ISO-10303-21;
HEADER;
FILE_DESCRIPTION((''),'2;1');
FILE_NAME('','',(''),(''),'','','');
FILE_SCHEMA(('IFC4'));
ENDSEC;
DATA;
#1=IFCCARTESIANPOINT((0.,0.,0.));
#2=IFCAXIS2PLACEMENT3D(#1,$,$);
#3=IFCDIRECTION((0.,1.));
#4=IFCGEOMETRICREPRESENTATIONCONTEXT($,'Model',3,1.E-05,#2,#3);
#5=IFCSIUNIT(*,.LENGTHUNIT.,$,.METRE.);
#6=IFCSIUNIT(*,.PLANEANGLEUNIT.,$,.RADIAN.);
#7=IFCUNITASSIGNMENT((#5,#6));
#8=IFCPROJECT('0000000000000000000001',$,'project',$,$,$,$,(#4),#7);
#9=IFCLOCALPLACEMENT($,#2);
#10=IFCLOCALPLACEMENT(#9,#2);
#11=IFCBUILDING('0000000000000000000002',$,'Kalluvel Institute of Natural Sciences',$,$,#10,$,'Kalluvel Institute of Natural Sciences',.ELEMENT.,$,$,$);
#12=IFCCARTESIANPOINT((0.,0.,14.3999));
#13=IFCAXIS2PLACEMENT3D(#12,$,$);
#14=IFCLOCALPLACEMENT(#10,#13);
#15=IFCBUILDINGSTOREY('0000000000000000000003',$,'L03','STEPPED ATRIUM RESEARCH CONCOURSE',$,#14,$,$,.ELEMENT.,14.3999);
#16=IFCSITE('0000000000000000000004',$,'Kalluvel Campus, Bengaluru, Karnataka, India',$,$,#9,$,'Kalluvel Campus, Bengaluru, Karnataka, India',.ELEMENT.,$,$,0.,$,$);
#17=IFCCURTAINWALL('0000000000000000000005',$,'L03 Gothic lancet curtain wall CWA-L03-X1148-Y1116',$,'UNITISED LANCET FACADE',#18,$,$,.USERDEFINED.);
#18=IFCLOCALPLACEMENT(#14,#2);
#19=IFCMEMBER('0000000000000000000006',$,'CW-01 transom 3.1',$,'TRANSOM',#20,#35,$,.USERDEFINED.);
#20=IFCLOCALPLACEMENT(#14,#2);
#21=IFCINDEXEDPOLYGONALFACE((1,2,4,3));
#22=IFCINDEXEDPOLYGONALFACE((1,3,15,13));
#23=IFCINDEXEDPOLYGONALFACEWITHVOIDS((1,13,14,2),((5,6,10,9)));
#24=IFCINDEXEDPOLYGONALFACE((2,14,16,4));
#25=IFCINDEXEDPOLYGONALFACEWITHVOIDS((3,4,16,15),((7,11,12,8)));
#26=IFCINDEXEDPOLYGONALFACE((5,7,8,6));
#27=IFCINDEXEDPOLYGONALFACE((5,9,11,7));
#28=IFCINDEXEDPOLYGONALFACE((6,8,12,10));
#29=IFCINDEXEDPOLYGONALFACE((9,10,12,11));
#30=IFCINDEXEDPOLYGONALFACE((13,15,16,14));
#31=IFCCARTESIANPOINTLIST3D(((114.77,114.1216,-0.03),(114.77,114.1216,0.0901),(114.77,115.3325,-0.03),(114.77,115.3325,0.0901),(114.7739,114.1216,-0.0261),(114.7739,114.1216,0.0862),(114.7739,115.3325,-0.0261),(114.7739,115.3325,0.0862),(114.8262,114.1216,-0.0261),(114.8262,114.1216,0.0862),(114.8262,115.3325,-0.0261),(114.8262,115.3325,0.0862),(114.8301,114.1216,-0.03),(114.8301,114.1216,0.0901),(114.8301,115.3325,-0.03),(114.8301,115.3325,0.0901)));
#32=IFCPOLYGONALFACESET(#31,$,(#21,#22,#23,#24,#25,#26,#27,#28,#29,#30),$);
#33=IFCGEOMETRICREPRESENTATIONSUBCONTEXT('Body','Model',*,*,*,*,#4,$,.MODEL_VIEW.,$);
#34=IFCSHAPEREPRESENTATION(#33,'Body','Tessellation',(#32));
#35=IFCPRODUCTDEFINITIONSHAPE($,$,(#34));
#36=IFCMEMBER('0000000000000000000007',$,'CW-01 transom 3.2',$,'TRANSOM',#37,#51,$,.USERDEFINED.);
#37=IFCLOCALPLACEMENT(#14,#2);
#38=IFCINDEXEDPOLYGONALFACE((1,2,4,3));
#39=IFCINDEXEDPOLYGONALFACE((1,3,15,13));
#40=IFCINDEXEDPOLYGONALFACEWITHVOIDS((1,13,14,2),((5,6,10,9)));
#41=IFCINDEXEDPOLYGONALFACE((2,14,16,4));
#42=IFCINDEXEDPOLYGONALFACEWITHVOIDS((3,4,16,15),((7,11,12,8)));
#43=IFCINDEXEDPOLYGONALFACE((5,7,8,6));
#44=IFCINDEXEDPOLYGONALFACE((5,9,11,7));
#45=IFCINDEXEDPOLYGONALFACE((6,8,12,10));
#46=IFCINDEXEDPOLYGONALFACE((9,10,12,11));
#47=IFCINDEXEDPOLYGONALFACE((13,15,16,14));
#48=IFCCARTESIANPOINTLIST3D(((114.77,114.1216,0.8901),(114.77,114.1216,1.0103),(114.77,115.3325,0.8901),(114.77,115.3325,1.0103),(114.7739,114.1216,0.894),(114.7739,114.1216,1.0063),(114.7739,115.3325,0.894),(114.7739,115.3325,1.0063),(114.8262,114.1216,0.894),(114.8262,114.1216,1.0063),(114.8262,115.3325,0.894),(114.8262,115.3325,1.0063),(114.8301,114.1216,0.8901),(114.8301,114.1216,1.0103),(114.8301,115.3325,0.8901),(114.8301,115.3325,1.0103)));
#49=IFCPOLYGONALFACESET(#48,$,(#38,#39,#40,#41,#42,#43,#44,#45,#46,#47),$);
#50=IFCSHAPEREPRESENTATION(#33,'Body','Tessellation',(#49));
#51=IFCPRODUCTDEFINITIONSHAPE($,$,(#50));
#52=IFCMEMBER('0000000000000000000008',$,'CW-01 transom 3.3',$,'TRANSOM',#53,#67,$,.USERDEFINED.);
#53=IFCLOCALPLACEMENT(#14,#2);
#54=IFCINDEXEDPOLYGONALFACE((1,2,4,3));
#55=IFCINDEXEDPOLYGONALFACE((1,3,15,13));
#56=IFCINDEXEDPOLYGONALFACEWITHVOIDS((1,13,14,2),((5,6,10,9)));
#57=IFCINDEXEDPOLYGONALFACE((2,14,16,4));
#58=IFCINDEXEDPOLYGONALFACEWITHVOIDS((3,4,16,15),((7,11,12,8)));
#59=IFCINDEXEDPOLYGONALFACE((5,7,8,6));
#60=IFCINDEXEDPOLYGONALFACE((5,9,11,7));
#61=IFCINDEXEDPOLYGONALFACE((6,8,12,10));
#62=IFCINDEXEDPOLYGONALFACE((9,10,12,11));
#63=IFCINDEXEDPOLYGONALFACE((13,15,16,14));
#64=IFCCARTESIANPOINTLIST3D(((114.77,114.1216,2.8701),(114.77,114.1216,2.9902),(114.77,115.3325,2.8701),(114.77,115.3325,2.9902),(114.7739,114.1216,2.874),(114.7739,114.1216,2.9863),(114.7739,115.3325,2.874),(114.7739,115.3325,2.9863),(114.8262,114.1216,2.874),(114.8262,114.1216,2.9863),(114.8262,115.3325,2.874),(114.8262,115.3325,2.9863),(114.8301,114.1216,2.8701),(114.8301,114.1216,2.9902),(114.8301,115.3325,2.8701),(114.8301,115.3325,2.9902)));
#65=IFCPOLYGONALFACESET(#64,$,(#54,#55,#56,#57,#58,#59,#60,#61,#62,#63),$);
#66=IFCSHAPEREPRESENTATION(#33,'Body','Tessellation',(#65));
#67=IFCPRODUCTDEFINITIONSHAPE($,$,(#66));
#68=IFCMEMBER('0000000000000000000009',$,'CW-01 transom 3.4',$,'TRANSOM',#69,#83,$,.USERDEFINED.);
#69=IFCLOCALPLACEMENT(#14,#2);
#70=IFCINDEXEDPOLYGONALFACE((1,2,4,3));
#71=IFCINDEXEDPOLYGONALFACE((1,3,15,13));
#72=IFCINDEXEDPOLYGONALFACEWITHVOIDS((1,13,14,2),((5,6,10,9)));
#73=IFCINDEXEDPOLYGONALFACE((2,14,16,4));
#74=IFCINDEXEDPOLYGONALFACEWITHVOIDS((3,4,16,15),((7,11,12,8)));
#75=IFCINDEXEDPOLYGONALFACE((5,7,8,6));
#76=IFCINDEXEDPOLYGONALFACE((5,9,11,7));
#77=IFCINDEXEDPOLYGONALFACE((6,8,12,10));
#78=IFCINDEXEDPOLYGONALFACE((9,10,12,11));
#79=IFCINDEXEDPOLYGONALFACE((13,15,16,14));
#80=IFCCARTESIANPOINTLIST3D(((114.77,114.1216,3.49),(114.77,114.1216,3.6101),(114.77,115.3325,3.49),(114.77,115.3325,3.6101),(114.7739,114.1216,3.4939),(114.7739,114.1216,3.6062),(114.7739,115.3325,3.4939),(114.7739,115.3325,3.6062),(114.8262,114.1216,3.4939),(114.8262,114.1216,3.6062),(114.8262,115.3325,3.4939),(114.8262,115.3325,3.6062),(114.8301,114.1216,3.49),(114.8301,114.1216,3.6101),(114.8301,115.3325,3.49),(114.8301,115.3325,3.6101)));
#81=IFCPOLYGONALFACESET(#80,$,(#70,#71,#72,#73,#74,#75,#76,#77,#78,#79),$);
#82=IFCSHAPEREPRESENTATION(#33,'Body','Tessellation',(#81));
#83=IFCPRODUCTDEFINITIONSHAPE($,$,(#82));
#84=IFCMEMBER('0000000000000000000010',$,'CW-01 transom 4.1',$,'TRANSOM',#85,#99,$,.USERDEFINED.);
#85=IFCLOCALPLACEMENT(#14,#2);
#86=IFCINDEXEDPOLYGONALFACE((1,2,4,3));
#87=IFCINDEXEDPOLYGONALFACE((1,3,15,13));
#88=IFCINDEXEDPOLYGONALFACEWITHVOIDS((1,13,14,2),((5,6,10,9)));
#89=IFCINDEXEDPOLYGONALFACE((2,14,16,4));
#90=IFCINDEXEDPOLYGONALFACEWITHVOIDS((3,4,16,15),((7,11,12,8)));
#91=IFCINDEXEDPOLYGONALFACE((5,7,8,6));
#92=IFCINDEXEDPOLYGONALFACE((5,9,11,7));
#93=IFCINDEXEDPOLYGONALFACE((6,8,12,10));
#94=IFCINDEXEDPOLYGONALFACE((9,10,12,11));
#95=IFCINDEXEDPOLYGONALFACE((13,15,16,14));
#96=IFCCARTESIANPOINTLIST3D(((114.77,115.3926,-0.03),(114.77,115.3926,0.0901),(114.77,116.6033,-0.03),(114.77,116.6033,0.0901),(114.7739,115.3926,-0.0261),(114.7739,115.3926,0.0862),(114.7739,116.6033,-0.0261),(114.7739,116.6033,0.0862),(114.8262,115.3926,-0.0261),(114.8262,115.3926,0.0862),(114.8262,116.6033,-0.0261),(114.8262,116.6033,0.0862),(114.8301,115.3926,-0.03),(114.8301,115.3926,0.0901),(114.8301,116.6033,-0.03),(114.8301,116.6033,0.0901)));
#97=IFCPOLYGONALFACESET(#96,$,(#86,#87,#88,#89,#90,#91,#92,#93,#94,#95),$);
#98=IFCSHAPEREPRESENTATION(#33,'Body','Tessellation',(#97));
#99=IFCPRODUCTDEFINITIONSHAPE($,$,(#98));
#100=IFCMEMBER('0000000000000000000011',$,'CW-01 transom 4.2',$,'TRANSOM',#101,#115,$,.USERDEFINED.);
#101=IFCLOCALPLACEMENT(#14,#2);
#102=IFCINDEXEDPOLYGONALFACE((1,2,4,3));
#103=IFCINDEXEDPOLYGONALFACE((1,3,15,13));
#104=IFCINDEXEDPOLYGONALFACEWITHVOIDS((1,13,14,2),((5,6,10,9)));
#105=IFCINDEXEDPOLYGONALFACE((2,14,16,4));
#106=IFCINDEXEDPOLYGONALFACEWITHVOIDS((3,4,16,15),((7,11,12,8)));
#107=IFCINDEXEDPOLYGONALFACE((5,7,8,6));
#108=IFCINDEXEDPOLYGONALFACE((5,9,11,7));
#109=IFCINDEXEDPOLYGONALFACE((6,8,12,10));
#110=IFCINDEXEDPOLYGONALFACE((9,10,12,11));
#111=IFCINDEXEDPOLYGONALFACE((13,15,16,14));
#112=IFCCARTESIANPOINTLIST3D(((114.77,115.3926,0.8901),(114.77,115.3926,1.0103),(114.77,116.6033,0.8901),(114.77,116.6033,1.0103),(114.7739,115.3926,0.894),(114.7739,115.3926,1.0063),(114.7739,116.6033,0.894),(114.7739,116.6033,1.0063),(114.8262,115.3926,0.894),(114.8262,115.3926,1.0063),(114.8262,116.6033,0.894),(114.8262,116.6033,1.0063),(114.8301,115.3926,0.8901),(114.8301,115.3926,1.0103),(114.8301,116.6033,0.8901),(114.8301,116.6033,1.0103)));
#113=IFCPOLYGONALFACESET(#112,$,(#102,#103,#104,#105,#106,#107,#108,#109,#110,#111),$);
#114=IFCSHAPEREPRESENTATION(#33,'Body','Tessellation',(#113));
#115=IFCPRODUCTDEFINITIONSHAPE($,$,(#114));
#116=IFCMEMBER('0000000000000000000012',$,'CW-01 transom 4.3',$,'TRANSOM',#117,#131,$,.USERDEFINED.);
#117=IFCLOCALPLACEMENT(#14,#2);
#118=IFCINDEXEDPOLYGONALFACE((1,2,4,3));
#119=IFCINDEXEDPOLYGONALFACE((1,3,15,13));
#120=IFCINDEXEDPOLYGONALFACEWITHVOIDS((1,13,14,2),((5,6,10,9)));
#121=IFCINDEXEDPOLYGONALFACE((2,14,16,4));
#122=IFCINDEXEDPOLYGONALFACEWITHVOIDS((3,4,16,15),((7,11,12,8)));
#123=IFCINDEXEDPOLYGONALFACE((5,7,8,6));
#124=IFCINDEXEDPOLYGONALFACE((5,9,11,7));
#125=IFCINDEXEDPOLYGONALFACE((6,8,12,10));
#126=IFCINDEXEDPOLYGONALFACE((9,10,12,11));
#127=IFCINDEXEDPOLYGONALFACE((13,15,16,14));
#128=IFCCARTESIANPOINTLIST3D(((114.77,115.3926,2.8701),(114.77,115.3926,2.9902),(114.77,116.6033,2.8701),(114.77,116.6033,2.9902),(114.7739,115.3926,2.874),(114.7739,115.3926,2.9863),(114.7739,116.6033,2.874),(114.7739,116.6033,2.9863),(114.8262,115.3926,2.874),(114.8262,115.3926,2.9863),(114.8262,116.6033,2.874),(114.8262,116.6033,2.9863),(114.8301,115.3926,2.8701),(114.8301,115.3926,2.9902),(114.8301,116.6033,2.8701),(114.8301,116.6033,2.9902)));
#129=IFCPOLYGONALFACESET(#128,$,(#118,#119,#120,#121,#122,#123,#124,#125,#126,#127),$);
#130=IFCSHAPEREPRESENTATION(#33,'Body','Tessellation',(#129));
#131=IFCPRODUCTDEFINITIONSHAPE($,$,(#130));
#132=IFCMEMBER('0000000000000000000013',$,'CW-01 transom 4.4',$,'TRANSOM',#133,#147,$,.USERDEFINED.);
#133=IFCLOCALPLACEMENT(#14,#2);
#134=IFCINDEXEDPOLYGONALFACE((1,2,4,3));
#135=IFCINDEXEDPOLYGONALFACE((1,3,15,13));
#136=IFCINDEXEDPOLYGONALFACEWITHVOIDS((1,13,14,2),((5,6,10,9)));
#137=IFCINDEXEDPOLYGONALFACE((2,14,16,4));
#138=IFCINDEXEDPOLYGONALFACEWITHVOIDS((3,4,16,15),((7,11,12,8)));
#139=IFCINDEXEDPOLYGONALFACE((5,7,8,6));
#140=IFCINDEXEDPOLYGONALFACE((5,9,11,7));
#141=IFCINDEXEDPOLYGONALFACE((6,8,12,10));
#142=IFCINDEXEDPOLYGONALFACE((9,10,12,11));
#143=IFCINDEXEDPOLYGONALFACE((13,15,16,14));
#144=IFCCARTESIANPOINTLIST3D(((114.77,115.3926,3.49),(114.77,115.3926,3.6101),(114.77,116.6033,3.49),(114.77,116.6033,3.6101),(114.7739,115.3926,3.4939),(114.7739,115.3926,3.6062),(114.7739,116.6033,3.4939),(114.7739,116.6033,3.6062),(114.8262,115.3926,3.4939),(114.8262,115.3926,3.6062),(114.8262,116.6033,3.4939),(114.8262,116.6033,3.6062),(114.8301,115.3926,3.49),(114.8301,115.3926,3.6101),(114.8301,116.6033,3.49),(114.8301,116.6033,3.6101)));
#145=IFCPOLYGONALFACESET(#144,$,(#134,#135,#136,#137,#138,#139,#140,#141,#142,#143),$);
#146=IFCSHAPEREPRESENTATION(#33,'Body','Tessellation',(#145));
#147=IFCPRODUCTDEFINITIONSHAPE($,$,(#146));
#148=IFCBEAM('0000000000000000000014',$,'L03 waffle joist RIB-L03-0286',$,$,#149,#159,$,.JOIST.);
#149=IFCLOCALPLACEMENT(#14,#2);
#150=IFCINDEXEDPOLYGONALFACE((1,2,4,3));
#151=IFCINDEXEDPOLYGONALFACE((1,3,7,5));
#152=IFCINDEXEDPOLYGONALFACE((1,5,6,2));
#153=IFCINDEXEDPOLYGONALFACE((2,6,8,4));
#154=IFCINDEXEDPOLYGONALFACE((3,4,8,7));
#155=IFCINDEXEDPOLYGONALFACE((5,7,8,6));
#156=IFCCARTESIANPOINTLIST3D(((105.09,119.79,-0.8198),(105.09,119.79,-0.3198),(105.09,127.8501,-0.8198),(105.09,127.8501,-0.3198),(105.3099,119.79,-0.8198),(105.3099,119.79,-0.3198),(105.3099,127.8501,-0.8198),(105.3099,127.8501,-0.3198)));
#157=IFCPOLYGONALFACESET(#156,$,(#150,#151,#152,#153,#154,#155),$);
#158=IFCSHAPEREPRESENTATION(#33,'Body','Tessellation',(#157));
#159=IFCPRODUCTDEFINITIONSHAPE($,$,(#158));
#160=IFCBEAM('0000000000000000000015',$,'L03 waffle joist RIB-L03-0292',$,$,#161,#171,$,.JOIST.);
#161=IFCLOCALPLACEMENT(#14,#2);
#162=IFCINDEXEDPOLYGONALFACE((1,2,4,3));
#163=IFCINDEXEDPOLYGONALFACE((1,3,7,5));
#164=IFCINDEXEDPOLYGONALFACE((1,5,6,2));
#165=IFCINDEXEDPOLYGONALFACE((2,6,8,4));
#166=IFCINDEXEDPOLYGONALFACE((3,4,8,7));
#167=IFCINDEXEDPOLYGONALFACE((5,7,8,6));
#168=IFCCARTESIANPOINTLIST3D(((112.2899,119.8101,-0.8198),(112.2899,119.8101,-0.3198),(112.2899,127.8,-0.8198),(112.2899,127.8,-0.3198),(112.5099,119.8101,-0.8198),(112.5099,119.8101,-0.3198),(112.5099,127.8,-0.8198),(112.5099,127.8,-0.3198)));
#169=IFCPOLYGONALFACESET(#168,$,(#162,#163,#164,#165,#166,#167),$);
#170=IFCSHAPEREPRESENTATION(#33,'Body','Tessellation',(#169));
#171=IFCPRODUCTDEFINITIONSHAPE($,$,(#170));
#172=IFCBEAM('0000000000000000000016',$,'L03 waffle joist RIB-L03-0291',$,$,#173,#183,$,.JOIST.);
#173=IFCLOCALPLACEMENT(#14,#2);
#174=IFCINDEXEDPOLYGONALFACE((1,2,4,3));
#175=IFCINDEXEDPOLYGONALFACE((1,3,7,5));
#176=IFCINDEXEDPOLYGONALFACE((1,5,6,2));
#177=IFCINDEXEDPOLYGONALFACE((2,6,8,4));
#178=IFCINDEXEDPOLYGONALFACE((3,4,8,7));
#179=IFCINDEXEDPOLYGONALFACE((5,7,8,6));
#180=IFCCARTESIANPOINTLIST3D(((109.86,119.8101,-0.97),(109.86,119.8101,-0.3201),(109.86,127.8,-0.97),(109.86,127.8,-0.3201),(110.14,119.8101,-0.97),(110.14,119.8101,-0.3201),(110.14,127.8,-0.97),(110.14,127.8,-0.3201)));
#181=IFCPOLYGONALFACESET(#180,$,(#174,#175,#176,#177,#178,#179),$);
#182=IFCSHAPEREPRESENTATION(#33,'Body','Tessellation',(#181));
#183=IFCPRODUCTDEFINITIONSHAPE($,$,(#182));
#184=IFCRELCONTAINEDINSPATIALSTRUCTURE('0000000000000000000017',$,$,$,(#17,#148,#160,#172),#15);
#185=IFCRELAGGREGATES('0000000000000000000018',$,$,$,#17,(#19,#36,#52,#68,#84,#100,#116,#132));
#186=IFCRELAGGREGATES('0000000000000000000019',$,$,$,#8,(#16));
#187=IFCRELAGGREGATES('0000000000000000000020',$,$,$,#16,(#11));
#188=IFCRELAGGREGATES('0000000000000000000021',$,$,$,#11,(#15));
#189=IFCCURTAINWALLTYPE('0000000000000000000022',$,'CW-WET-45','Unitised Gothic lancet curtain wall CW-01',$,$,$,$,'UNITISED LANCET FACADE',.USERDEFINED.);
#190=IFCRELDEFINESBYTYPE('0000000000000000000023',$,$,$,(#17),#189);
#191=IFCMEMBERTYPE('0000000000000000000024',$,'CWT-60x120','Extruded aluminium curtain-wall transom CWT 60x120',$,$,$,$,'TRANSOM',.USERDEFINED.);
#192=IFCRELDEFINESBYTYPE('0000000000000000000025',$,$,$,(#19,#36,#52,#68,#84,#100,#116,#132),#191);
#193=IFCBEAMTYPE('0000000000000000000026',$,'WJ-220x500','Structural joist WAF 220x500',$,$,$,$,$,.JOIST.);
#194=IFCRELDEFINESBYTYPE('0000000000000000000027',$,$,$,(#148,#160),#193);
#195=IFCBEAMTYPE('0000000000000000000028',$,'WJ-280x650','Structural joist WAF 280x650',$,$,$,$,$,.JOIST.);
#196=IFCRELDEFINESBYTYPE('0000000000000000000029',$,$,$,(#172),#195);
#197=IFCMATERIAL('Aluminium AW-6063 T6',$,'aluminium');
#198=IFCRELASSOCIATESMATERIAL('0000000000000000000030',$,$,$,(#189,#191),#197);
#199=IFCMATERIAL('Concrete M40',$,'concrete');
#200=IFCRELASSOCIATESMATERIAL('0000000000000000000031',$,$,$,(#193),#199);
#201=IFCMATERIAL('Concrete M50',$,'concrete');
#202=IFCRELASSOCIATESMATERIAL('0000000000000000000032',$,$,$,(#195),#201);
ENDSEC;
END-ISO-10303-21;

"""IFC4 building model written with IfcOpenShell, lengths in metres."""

from ifc_helpers import new_model, si_unit, direction, frame, origin, origin_2d, place, context, subcontext, project, spatial, rectangle, hollow_rectangle, extrude, material, material_profile, profile_set, type_object, element, aggregate, save


model = new_model("IFC4")

# Units and contexts
model_context = context("Model", 3, precision=1e-05, world=origin(), true_north=direction((0.0, 1.0)))
body_context = subcontext(model_context, "Body", "Model", "MODEL_VIEW")
ifc_project = project(units=[si_unit("LENGTHUNIT", "METRE"), si_unit("PLANEANGLEUNIT", "RADIAN")], contexts=[model_context])

# Site, building, storey
site_placement = place(None, origin())
site = spatial("IfcSite", under=ifc_project, at=site_placement, Name="Kalluvel Campus, Bengaluru, Karnataka, India", LongName="Kalluvel Campus, Bengaluru, Karnataka, India", CompositionType="ELEMENT", RefElevation=0.0)
building_placement = place(site_placement, origin())
building = spatial("IfcBuilding", under=site, at=building_placement, Name="Kalluvel Institute of Natural Sciences", LongName="Kalluvel Institute of Natural Sciences", CompositionType="ELEMENT")
storey_placement = place(building_placement, frame((0.0, 0.0, 14.3999)))
storey = spatial("IfcBuildingStorey", under=building, at=storey_placement, Name="L03", Description="STEPPED ATRIUM RESEARCH CONCOURSE", CompositionType="ELEMENT", Elevation=14.3999)

# Shared definitions
ifc_material_1 = material(Name="Concrete M40", Category="concrete")

# Curtain wall, members
ifc_material_2 = material(Name="Aluminium AW-6063 T6", Category="aluminium")
curtain_wall_type = type_object("IfcCurtainWallType", Name="CW-WET-45", Description="Unitised Gothic lancet curtain wall CW-01", ElementType="UNITISED LANCET FACADE", PredefinedType="USERDEFINED", material=ifc_material_2)
curtain_wall_placement = place(storey_placement, origin())
curtain_wall = element("IfcCurtainWall", 1, at=curtain_wall_placement, inside=storey, type_object=curtain_wall_type, Name="L03 Gothic lancet curtain wall CWA-L03-X1148-Y1116", ObjectType="UNITISED LANCET FACADE", PredefinedType="USERDEFINED")
ifc_material_profile_1 = material_profile(ifc_material_2, hollow_rectangle(XDim=0.0601, YDim=0.1201, WallThickness=0.0039, at=origin_2d()), Name="CWT 60x120")
ifc_profile_set_1 = profile_set([ifc_material_profile_1], Name="Aluminium AW-6063 T6")
member_type_1 = type_object("IfcMemberType", Name="CWT-60x120", Description="Extruded aluminium curtain-wall transom CWT 60x120", ElementType="TRANSOM", PredefinedType="USERDEFINED", material=ifc_profile_set_1)
member_1_placement = place(storey_placement, frame((114.8, 114.1216, 0.03), z_axis=(0.0, 1.0, 0.0), x_axis=(-1.0, 0.0, 0.0)))
member_1 = element("IfcMember", 2, at=member_1_placement, type_object=member_type_1, Name="CW-01 transom 3.1", ObjectType="TRANSOM", PredefinedType="USERDEFINED", context=body_context, shape_type="SweptSolid", body=[
    extrude(hollow_rectangle(XDim=0.0601, YDim=0.1201, WallThickness=0.0039, at=origin_2d()), origin(), (0.0, 0.0, 1.0), 1.2109),
])
member_2_placement = place(storey_placement, frame((114.8, 114.1216, 0.9502), z_axis=(0.0, 1.0, 0.0), x_axis=(-1.0, 0.0, 0.0)))
member_2 = element("IfcMember", 3, at=member_2_placement, type_object=member_type_1, Name="CW-01 transom 3.2", ObjectType="TRANSOM", PredefinedType="USERDEFINED", context=body_context, shape_type="SweptSolid", body=[
    extrude(hollow_rectangle(XDim=0.0601, YDim=0.1201, WallThickness=0.0039, at=origin_2d()), origin(), (0.0, 0.0, 1.0), 1.2109),
])
member_3_placement = place(storey_placement, frame((114.8, 114.1216, 2.9302), z_axis=(0.0, 1.0, 0.0), x_axis=(-1.0, 0.0, 0.0)))
member_3 = element("IfcMember", 4, at=member_3_placement, type_object=member_type_1, Name="CW-01 transom 3.3", ObjectType="TRANSOM", PredefinedType="USERDEFINED", context=body_context, shape_type="SweptSolid", body=[
    extrude(hollow_rectangle(XDim=0.0601, YDim=0.1201, WallThickness=0.0039, at=origin_2d()), origin(), (0.0, 0.0, 1.0), 1.2109),
])
member_4_placement = place(storey_placement, frame((114.8, 114.1216, 3.55), z_axis=(0.0, 1.0, 0.0), x_axis=(-1.0, 0.0, 0.0)))
member_4 = element("IfcMember", 5, at=member_4_placement, type_object=member_type_1, Name="CW-01 transom 3.4", ObjectType="TRANSOM", PredefinedType="USERDEFINED", context=body_context, shape_type="SweptSolid", body=[
    extrude(hollow_rectangle(XDim=0.0601, YDim=0.1201, WallThickness=0.0039, at=origin_2d()), origin(), (0.0, 0.0, 1.0), 1.2109),
])
member_5_placement = place(storey_placement, frame((114.8, 115.3926, 0.03), z_axis=(0.0, 1.0, 0.0), x_axis=(-1.0, 0.0, 0.0)))
member_5 = element("IfcMember", 6, at=member_5_placement, type_object=member_type_1, Name="CW-01 transom 4.1", ObjectType="TRANSOM", PredefinedType="USERDEFINED", context=body_context, shape_type="SweptSolid", body=[
    extrude(hollow_rectangle(XDim=0.0601, YDim=0.1201, WallThickness=0.0039, at=origin_2d()), origin(), (0.0, 0.0, 1.0), 1.2107),
])
member_6_placement = place(storey_placement, frame((114.8, 115.3926, 0.9502), z_axis=(0.0, 1.0, 0.0), x_axis=(-1.0, 0.0, 0.0)))
member_6 = element("IfcMember", 7, at=member_6_placement, type_object=member_type_1, Name="CW-01 transom 4.2", ObjectType="TRANSOM", PredefinedType="USERDEFINED", context=body_context, shape_type="SweptSolid", body=[
    extrude(hollow_rectangle(XDim=0.0601, YDim=0.1201, WallThickness=0.0039, at=origin_2d()), origin(), (0.0, 0.0, 1.0), 1.2107),
])
member_7_placement = place(storey_placement, frame((114.8, 115.3926, 2.9302), z_axis=(0.0, 1.0, 0.0), x_axis=(-1.0, 0.0, 0.0)))
member_7 = element("IfcMember", 8, at=member_7_placement, type_object=member_type_1, Name="CW-01 transom 4.3", ObjectType="TRANSOM", PredefinedType="USERDEFINED", context=body_context, shape_type="SweptSolid", body=[
    extrude(hollow_rectangle(XDim=0.0601, YDim=0.1201, WallThickness=0.0039, at=origin_2d()), origin(), (0.0, 0.0, 1.0), 1.2107),
])
member_8_placement = place(storey_placement, frame((114.8, 115.3926, 3.55), z_axis=(0.0, 1.0, 0.0), x_axis=(-1.0, 0.0, 0.0)))
member_8 = element("IfcMember", 9, at=member_8_placement, type_object=member_type_1, Name="CW-01 transom 4.4", ObjectType="TRANSOM", PredefinedType="USERDEFINED", context=body_context, shape_type="SweptSolid", body=[
    extrude(hollow_rectangle(XDim=0.0601, YDim=0.1201, WallThickness=0.0039, at=origin_2d()), origin(), (0.0, 0.0, 1.0), 1.2107),
])

# Beams
ifc_material_profile_2 = material_profile(ifc_material_1, rectangle(XDim=0.22, YDim=0.5, at=origin_2d()), Name="WAF 220x500")
ifc_profile_set_2 = profile_set([ifc_material_profile_2], Name="Concrete M40")
beam_type_1 = type_object("IfcBeamType", Name="WJ-220x500", Description="Structural joist WAF 220x500", PredefinedType="JOIST", material=ifc_profile_set_2)
beam_1_placement = place(storey_placement, frame((105.2, 119.79, -0.5698), z_axis=(0.0, 1.0, 0.0), x_axis=(-1.0, 0.0, 0.0)))
element("IfcBeam", 10, at=beam_1_placement, inside=storey, type_object=beam_type_1, Name="L03 waffle joist RIB-L03-0286", PredefinedType="JOIST", context=body_context, shape_type="SweptSolid", body=[
    extrude(rectangle(XDim=0.22, YDim=0.5, at=origin_2d()), origin(), (0.0, 0.0, 1.0), 8.0601),
])
beam_2_placement = place(storey_placement, frame((112.3999, 119.8101, -0.5698), z_axis=(0.0, 1.0, 0.0), x_axis=(-1.0, 0.0, 0.0)))
element("IfcBeam", 11, at=beam_2_placement, inside=storey, type_object=beam_type_1, Name="L03 waffle joist RIB-L03-0292", PredefinedType="JOIST", context=body_context, shape_type="SweptSolid", body=[
    extrude(rectangle(XDim=0.22, YDim=0.5, at=origin_2d()), origin(), (0.0, 0.0, 1.0), 7.99),
])
ifc_material_3 = material(Name="Concrete M50", Category="concrete")
ifc_material_profile_3 = material_profile(ifc_material_3, rectangle(XDim=0.28, YDim=0.6499, at=origin_2d()), Name="WAF 280x650")
ifc_profile_set_3 = profile_set([ifc_material_profile_3], Name="Concrete M50")
beam_type_2 = type_object("IfcBeamType", Name="WJ-280x650", Description="Structural joist WAF 280x650", PredefinedType="JOIST", material=ifc_profile_set_3)
beam_3_placement = place(storey_placement, frame((110.0, 119.8101, -0.645), z_axis=(0.0, 1.0, 0.0), x_axis=(-1.0, 0.0, 0.0)))
element("IfcBeam", 12, at=beam_3_placement, inside=storey, type_object=beam_type_2, Name="L03 waffle joist RIB-L03-0291", PredefinedType="JOIST", context=body_context, shape_type="SweptSolid", body=[
    extrude(rectangle(XDim=0.28, YDim=0.6499, at=origin_2d()), origin(), (0.0, 0.0, 1.0), 7.99),
])

aggregate(curtain_wall, [member_1, member_2, member_3, member_4, member_5, member_6, member_7, member_8])

save(model, "model.ifc")
